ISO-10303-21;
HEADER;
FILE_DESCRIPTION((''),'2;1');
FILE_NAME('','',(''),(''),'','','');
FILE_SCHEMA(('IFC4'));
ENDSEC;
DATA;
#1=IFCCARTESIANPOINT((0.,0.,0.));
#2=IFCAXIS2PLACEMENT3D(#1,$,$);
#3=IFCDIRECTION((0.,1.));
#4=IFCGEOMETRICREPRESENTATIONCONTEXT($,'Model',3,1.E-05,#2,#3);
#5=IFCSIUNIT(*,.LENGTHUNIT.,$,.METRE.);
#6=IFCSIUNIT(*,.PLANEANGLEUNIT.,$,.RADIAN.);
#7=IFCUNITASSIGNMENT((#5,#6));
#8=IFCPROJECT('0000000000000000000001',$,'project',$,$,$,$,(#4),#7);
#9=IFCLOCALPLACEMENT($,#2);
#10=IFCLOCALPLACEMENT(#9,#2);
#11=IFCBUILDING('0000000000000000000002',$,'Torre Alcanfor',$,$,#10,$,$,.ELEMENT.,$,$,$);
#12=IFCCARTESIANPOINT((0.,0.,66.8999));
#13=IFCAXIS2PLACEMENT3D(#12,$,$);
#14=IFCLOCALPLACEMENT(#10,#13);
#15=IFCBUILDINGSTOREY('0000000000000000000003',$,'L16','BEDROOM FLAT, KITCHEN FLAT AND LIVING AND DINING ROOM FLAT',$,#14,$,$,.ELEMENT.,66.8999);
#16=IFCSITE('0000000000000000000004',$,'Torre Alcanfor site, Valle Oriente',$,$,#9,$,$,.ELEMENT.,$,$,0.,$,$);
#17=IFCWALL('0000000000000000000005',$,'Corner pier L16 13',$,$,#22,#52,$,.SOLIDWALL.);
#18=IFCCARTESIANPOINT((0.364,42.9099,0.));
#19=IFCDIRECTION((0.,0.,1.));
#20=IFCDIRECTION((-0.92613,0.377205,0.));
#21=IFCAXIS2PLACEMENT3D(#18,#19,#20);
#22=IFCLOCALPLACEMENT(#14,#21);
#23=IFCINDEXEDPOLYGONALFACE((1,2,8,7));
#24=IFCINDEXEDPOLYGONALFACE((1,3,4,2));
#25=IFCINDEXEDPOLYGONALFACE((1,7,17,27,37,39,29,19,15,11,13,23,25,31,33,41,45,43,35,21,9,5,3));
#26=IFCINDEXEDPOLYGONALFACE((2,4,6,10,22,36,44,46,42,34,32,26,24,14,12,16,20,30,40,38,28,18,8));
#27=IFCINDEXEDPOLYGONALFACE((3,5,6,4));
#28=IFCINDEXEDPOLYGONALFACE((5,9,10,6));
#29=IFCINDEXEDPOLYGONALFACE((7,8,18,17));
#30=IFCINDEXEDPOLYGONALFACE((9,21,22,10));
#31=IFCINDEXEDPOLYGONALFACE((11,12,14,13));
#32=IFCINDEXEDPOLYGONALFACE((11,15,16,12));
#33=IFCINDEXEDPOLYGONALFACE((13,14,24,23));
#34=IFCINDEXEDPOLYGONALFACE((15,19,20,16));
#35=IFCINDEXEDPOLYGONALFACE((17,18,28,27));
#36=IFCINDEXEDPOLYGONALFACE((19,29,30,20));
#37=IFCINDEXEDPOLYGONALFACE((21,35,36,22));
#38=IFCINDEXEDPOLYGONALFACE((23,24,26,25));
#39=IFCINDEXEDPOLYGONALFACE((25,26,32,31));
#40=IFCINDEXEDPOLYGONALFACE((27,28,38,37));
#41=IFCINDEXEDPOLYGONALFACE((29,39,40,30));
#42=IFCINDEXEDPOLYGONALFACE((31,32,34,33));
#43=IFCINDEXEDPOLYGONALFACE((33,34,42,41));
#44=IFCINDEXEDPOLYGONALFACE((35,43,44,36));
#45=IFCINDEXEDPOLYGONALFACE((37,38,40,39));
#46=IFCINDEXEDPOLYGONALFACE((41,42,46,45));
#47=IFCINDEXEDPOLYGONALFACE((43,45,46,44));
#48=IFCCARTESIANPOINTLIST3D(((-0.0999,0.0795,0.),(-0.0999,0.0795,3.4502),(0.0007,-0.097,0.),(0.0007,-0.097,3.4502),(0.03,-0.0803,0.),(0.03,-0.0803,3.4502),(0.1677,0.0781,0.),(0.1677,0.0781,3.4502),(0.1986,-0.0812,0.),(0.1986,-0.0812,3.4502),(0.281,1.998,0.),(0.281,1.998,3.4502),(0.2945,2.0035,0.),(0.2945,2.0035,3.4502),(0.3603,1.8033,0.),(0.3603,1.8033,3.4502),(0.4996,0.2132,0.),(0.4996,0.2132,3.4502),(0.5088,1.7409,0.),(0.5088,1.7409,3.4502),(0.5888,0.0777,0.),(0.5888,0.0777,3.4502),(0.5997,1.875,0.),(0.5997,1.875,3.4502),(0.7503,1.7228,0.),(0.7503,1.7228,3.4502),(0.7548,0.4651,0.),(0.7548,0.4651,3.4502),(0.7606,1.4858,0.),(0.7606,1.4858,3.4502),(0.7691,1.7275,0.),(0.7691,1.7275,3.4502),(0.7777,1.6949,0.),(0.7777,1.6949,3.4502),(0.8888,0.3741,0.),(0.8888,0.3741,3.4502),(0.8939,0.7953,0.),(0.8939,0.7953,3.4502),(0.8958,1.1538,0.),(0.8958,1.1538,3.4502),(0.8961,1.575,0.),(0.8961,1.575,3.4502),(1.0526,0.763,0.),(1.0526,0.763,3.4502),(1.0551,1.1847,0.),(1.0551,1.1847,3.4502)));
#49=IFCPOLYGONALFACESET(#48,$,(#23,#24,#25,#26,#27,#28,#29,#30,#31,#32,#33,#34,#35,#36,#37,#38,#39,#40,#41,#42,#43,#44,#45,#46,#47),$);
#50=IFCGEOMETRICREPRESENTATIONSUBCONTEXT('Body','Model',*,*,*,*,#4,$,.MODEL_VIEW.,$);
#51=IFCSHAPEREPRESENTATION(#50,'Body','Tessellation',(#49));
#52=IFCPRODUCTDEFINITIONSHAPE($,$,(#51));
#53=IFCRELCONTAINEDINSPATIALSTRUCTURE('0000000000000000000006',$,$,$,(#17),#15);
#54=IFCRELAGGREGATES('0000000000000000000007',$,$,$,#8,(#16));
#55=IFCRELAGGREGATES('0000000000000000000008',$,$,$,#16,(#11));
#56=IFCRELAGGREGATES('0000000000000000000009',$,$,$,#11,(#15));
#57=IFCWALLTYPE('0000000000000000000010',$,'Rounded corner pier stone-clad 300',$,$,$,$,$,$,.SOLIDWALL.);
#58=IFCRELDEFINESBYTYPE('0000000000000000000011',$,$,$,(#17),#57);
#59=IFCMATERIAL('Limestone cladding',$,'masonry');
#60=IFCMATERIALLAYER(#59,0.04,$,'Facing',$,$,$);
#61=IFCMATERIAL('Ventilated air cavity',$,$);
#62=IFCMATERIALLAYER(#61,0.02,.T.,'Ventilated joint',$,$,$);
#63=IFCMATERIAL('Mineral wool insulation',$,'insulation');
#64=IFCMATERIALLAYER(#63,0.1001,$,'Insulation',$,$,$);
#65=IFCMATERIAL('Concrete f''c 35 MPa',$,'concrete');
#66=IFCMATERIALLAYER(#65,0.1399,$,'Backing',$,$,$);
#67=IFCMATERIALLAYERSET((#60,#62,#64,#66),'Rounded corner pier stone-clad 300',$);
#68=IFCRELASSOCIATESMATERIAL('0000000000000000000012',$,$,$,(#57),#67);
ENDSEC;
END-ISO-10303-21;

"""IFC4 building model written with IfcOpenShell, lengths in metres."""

from ifc_helpers import new_model, si_unit, direction, frame, origin, place, context, subcontext, project, spatial, polyline, outline, extrude, material, layer, layer_set, type_object, element, save


model = new_model("IFC4")

# Units and contexts
model_context = context("Model", 3, precision=1e-05, world=origin(), true_north=direction((0.0, 1.0)))
body_context = subcontext(model_context, "Body", "Model", "MODEL_VIEW")
ifc_project = project(units=[si_unit("LENGTHUNIT", "METRE"), si_unit("PLANEANGLEUNIT", "RADIAN")], contexts=[model_context])

# Site, building, storey
site_placement = place(None, origin())
site = spatial("IfcSite", under=ifc_project, at=site_placement, Name="Torre Alcanfor site, Valle Oriente", CompositionType="ELEMENT", RefElevation=0.0)
building_placement = place(site_placement, origin())
building = spatial("IfcBuilding", under=site, at=building_placement, Name="Torre Alcanfor", CompositionType="ELEMENT")
storey_placement = place(building_placement, frame((0.0, 0.0, 66.8999)))
storey = spatial("IfcBuildingStorey", under=building, at=storey_placement, Name="L16", Description="BEDROOM FLAT, KITCHEN FLAT AND LIVING AND DINING ROOM FLAT", CompositionType="ELEMENT", Elevation=66.8999)

# Shared definitions
ifc_material_1 = material(Name="Limestone cladding", Category="masonry")
ifc_material_2 = material(Name="Ventilated air cavity")
ifc_material_3 = material(Name="Mineral wool insulation", Category="insulation")
ifc_material_4 = material(Name="Concrete f'c 35 MPa", Category="concrete")

# Wall
ifc_layer_1 = layer(ifc_material_1, 0.04, Name="Facing")
ifc_layer_2 = layer(ifc_material_2, 0.02, ventilated=True, Name="Ventilated joint")
ifc_layer_3 = layer(ifc_material_3, 0.1001, Name="Insulation")
ifc_layer_4 = layer(ifc_material_4, 0.1399, Name="Backing")
ifc_layer_set_1 = layer_set([ifc_layer_1, ifc_layer_2, ifc_layer_3, ifc_layer_4], Name="Rounded corner pier stone-clad 300")
wall_type_1 = type_object("IfcWallType", Name="Rounded corner pier stone-clad 300", PredefinedType="SOLIDWALL", material=ifc_layer_set_1)
wall_1_placement = place(storey_placement, frame((0.364, 42.9099, 0.0), z_axis=(0.0, 0.0, 1.0), x_axis=(-0.92613, 0.377205, 0.0)))
element("IfcWall", 1, at=wall_1_placement, inside=storey, type_object=wall_type_1, Name="Corner pier L16 13", PredefinedType="SOLIDWALL", context=body_context, shape_type="SweptSolid", body=[
    extrude(outline(polyline([(0.3603, 1.8033), (0.5088, 1.7409), (0.7606, 1.4858), (0.8958, 1.1538), (0.8939, 0.7953), (0.7548, 0.4651), (0.4996, 0.2132), (0.1677, 0.0781), (-0.0999, 0.0795), (0.0007, -0.097), (0.03, -0.0803), (0.1986, -0.0812), (0.5888, 0.0777), (0.8888, 0.3741), (1.0526, 0.763), (1.0551, 1.1847), (0.8961, 1.575), (0.7777, 1.6949), (0.7691, 1.7275), (0.7503, 1.7228), (0.5997, 1.875), (0.2945, 2.0035), (0.281, 1.998), (0.3603, 1.8033)])), origin(), (0.0, 0.0, 1.0), 3.4502),
])

save(model, "model.ifc")
